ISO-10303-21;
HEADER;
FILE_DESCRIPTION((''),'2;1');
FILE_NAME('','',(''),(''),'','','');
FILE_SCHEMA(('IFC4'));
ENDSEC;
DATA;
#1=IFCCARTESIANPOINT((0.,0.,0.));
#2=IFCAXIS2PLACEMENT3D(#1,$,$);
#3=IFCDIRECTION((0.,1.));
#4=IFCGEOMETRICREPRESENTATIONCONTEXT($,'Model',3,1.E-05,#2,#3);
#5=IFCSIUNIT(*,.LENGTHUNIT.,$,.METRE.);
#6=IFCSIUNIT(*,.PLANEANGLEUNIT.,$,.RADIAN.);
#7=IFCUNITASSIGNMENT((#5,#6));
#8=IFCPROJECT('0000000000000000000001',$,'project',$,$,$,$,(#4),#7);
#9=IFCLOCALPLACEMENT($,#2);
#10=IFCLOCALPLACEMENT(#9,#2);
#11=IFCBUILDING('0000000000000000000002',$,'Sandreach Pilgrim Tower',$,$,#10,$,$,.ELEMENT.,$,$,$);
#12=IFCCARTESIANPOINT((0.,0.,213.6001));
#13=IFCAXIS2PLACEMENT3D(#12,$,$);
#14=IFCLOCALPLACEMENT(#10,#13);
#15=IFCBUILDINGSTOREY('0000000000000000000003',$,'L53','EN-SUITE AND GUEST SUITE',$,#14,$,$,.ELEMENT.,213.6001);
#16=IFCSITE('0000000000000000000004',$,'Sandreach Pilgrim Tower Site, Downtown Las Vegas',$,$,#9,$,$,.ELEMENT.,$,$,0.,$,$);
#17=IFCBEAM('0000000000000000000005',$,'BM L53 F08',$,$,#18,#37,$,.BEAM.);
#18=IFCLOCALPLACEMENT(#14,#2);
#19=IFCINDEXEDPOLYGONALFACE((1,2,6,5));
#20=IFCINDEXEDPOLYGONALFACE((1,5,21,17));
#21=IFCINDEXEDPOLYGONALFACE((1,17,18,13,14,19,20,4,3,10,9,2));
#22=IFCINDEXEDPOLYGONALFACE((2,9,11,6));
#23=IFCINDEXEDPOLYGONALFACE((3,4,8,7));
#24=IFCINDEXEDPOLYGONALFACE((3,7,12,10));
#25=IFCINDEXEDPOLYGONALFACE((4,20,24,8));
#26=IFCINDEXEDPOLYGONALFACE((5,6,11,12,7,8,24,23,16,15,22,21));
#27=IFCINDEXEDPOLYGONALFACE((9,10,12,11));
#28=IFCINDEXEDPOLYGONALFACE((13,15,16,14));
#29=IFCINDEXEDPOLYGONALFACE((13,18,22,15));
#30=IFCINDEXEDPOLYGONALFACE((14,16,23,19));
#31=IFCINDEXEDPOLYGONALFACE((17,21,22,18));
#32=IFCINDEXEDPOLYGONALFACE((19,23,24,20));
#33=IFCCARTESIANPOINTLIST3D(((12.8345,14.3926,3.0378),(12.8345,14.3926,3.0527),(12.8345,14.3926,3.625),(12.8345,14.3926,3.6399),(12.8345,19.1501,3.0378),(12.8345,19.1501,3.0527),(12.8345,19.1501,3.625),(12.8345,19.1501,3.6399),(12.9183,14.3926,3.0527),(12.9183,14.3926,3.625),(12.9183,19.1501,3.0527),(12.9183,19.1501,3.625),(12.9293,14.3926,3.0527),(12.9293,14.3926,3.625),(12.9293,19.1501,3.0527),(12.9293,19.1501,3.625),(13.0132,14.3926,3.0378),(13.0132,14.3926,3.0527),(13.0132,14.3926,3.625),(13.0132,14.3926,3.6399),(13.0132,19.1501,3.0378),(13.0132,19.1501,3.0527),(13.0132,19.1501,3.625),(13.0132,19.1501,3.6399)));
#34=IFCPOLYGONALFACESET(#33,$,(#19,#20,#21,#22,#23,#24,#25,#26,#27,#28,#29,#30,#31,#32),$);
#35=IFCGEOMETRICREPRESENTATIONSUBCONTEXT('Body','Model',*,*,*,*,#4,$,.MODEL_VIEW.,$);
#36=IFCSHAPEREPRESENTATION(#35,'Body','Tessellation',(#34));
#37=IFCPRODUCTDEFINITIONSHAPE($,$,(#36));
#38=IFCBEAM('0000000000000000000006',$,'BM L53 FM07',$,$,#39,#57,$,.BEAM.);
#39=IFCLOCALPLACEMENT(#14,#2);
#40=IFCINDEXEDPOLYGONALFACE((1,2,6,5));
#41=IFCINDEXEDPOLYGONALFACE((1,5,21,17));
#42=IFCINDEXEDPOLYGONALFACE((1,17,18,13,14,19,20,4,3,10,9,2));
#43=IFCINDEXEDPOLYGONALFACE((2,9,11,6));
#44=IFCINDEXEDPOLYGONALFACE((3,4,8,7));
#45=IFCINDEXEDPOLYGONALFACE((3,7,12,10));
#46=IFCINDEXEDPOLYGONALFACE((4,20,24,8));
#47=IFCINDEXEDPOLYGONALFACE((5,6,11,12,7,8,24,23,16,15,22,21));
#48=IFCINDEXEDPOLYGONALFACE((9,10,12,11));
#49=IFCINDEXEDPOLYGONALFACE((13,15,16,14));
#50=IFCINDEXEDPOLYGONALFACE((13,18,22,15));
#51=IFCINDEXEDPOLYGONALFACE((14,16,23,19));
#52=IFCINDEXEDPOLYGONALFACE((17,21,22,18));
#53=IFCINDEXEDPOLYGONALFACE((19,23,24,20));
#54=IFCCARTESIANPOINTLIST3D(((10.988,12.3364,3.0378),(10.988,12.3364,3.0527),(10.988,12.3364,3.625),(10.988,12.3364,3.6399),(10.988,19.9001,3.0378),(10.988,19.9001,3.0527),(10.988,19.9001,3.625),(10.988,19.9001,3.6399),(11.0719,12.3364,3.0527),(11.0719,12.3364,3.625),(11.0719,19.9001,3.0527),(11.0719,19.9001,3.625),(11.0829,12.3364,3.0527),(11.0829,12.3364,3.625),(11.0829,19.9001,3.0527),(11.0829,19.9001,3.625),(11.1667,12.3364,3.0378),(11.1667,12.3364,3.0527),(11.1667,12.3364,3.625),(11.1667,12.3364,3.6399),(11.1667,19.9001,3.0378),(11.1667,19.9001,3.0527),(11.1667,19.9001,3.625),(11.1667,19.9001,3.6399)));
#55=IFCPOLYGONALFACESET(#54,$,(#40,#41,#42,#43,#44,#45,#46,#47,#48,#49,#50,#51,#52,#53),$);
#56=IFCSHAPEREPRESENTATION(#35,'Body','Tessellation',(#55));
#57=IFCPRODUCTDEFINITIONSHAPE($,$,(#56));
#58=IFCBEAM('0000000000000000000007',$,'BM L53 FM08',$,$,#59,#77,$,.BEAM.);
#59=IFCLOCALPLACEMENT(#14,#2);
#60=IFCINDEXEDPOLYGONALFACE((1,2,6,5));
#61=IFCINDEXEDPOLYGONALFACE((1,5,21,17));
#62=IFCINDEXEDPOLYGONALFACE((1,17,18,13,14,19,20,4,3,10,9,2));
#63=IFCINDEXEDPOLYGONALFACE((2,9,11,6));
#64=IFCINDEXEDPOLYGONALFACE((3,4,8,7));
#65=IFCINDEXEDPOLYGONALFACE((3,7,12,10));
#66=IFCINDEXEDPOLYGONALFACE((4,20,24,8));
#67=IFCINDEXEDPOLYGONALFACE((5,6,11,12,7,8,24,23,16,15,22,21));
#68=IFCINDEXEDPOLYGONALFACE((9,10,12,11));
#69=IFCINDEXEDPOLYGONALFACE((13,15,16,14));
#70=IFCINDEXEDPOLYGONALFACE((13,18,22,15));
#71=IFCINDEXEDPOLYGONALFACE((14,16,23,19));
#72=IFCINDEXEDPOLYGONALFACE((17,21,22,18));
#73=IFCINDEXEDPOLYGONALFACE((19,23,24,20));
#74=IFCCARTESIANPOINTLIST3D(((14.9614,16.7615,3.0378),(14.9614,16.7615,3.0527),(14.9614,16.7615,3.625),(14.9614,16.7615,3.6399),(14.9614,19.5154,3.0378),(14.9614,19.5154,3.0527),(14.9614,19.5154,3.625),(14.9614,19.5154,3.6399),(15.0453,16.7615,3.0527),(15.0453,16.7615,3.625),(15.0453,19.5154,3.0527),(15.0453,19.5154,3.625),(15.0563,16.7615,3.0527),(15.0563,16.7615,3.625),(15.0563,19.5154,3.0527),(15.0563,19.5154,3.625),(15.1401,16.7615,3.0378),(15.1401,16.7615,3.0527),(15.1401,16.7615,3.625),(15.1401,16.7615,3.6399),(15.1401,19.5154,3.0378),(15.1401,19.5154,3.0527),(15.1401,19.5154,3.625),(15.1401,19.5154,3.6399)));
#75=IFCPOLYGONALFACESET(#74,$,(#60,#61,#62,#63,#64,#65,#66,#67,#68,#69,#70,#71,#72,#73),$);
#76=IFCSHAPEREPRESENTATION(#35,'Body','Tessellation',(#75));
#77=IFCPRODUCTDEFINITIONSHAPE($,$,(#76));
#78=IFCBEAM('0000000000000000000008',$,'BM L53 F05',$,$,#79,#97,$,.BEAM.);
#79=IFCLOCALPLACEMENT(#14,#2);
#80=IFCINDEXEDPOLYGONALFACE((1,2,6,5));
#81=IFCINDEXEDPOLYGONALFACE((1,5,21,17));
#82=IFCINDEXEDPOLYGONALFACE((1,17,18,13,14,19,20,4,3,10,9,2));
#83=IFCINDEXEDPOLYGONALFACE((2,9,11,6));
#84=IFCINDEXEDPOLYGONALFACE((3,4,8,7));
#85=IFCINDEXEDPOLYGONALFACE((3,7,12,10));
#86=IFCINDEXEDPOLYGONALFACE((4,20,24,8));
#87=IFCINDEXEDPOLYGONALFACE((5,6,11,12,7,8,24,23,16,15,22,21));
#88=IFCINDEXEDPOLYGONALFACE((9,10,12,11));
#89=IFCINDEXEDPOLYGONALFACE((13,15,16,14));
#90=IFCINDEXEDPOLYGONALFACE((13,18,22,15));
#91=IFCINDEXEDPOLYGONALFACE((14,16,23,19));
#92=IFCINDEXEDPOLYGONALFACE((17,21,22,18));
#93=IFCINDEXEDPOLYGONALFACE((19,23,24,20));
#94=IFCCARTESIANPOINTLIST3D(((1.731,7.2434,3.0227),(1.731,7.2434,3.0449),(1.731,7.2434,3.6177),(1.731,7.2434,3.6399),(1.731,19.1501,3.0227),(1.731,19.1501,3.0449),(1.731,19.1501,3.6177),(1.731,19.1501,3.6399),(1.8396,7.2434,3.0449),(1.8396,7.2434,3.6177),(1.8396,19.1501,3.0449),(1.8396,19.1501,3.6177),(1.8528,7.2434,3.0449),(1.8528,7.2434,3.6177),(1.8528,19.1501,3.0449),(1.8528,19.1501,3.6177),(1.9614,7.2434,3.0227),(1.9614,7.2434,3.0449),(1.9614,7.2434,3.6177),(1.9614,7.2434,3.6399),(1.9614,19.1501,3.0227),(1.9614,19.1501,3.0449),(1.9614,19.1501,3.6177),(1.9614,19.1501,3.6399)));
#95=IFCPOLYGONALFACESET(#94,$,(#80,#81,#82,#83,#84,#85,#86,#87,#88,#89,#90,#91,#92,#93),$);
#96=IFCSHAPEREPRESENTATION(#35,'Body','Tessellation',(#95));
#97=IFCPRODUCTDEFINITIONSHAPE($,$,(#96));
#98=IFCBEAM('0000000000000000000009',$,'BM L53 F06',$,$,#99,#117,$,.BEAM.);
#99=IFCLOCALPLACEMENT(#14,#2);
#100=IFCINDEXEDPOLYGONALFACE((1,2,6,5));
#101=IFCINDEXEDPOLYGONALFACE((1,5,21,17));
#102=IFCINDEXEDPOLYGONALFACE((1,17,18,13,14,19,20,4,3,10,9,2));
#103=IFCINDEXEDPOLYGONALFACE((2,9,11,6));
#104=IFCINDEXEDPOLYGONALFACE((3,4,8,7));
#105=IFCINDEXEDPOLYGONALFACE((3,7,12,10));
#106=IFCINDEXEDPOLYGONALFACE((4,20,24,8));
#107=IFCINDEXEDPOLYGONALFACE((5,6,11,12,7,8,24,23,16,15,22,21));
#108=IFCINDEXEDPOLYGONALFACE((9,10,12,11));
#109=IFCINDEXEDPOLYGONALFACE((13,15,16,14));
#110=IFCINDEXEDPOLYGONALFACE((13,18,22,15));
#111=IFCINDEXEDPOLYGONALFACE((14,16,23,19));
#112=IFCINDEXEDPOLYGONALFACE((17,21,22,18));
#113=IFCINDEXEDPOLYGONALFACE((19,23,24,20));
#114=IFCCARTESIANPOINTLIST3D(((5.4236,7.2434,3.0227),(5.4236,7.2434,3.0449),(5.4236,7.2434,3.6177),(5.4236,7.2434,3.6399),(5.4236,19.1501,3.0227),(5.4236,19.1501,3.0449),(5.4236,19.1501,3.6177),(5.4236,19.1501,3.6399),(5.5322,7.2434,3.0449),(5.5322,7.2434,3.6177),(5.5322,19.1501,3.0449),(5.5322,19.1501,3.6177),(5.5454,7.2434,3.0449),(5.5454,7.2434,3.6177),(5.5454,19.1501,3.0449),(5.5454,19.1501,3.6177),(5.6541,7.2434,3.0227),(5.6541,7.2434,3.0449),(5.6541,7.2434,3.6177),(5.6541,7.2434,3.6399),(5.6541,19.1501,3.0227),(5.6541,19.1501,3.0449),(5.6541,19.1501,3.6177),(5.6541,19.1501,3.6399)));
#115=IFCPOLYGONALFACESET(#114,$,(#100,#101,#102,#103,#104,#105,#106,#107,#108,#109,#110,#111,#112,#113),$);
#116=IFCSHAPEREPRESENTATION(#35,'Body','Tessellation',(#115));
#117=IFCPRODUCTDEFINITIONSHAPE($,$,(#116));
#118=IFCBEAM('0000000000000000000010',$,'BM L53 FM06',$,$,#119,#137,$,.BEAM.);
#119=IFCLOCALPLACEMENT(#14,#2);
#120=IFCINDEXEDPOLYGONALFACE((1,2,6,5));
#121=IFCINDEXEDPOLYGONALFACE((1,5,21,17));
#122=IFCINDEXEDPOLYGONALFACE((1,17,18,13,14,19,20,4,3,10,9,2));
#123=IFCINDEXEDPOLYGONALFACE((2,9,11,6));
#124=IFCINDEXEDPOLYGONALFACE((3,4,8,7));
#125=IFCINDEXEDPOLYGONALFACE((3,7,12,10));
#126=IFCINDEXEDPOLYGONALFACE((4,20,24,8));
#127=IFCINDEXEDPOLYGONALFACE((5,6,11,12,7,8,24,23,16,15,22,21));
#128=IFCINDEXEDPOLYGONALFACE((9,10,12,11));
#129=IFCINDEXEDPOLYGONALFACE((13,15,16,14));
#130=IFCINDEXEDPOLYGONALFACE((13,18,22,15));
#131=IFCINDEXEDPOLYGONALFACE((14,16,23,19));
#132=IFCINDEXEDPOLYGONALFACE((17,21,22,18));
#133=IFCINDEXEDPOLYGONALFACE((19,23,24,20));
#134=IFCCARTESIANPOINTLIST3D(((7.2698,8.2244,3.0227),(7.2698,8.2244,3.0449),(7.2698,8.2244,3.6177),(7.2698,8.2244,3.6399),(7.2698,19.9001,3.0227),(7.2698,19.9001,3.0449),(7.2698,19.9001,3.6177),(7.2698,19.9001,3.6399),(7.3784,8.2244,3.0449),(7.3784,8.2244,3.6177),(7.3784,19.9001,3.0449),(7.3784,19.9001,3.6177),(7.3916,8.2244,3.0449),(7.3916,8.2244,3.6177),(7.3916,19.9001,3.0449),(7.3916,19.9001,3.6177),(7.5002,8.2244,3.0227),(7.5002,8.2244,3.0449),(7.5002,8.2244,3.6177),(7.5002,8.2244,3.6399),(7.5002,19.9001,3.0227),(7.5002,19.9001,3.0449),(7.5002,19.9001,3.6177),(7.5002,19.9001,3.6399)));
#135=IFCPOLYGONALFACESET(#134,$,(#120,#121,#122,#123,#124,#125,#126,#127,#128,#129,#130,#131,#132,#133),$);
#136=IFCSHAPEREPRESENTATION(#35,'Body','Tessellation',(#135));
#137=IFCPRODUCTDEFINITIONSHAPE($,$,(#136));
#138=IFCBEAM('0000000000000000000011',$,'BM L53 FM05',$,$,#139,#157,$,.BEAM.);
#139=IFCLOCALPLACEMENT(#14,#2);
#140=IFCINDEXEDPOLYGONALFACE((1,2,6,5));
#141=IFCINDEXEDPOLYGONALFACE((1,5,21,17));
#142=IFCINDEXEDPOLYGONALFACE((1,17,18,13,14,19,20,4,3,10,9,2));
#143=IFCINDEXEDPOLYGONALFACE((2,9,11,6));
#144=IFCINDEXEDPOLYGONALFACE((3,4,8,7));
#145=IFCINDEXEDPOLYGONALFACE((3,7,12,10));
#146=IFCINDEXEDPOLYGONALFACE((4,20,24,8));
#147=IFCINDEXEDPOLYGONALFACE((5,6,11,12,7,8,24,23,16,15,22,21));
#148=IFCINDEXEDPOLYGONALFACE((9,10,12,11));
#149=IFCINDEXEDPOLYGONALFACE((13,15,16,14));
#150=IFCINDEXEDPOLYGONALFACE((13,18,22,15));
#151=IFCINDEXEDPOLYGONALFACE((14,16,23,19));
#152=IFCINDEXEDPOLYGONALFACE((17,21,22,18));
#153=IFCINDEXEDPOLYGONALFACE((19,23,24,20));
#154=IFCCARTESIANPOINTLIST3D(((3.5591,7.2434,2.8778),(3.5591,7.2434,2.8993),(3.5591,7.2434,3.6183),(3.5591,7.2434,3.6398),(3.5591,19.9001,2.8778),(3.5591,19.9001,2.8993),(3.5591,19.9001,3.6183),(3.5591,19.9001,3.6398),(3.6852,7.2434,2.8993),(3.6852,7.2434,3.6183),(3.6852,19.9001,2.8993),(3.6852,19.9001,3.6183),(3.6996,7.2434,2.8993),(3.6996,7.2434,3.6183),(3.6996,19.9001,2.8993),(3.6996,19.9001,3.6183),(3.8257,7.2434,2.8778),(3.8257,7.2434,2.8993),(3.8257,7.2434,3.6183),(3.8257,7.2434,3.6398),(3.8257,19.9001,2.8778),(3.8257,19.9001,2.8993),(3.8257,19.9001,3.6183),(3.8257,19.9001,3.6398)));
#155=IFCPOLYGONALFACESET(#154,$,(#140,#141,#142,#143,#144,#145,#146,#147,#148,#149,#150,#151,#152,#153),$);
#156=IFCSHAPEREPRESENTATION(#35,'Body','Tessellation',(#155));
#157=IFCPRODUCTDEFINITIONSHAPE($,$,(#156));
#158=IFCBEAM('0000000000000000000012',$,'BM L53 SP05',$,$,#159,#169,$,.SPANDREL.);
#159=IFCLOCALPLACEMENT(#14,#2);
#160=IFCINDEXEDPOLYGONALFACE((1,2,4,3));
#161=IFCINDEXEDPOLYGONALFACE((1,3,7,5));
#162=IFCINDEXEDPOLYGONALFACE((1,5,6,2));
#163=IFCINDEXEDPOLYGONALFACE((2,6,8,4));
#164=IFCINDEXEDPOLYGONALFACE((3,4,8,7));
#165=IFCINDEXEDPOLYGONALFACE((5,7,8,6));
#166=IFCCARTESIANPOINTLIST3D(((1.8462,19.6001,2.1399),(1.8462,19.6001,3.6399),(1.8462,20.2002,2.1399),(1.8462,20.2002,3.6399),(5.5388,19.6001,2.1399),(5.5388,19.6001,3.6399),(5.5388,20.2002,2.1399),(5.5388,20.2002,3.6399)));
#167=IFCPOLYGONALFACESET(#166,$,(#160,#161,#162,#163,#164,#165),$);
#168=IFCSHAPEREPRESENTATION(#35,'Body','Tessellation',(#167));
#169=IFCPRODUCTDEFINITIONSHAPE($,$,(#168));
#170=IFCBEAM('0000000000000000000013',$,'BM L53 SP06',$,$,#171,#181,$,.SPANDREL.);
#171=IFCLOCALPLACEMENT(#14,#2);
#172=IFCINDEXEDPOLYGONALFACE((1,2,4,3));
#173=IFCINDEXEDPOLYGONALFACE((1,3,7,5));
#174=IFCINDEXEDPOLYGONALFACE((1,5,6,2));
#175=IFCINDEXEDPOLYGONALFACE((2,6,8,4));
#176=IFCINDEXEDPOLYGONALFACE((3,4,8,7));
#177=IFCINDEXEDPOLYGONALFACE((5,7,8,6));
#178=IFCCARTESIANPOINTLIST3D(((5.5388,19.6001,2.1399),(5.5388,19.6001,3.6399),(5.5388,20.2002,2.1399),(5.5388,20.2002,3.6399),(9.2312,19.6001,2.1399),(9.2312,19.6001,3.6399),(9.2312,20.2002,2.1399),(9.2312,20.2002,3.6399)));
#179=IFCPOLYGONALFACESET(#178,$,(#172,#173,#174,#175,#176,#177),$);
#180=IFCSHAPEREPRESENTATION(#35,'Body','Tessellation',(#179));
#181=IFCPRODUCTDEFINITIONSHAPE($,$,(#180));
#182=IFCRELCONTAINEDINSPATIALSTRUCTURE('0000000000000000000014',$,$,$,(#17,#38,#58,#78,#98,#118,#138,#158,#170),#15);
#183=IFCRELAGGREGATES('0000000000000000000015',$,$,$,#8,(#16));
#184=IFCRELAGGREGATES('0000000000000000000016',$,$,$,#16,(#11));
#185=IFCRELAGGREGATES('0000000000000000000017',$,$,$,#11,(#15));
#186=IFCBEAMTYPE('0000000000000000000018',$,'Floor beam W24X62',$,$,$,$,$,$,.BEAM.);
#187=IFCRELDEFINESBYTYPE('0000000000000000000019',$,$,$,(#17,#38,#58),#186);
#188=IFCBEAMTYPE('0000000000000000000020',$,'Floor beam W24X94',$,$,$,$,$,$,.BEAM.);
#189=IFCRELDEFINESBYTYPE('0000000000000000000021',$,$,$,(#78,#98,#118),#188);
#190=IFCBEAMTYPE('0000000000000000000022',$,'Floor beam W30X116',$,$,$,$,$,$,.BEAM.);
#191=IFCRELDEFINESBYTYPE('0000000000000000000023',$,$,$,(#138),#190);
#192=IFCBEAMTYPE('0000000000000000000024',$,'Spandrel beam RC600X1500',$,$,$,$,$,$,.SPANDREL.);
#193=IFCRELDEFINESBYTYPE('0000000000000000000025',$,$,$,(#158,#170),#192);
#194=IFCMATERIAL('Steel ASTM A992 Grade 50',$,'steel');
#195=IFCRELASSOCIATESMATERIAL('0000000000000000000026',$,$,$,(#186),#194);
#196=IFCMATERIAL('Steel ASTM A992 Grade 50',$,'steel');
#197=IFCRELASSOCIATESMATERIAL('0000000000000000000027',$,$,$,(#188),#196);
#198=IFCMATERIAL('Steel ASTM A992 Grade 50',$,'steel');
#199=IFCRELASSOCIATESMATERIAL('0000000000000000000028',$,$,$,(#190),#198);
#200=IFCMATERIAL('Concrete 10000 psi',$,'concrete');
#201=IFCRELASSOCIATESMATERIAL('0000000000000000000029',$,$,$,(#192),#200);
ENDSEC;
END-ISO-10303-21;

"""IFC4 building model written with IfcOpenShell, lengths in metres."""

from ifc_helpers import new_model, si_unit, direction, frame, origin, origin_2d, place, context, subcontext, project, spatial, rectangle, i_section, extrude, material, material_profile, profile_set, type_object, element, save


model = new_model("IFC4")

# Units and contexts
model_context = context("Model", 3, precision=1e-05, world=origin(), true_north=direction((0.0, 1.0)))
body_context = subcontext(model_context, "Body", "Model", "MODEL_VIEW")
ifc_project = project(units=[si_unit("LENGTHUNIT", "METRE"), si_unit("PLANEANGLEUNIT", "RADIAN")], contexts=[model_context])

# Site, building, storey
site_placement = place(None, origin())
site = spatial("IfcSite", under=ifc_project, at=site_placement, Name="Sandreach Pilgrim Tower Site, Downtown Las Vegas", CompositionType="ELEMENT", RefElevation=0.0)
building_placement = place(site_placement, origin())
building = spatial("IfcBuilding", under=site, at=building_placement, Name="Sandreach Pilgrim Tower", CompositionType="ELEMENT")
storey_placement = place(building_placement, frame((0.0, 0.0, 213.6001)))
storey = spatial("IfcBuildingStorey", under=building, at=storey_placement, Name="L53", Description="EN-SUITE AND GUEST SUITE", CompositionType="ELEMENT", Elevation=213.6001)

# Beams
ifc_material_1 = material(Name="Steel ASTM A992 Grade 50", Category="steel")
ifc_material_profile_1 = material_profile(ifc_material_1, i_section(OverallWidth=0.1787, OverallDepth=0.6021, WebThickness=0.011, FlangeThickness=0.0149, at=origin_2d()), Name="W24X62")
ifc_profile_set_1 = profile_set([ifc_material_profile_1], Name="Steel ASTM A992 Grade 50")
beam_type_1 = type_object("IfcBeamType", Name="Floor beam W24X62", PredefinedType="BEAM", material=ifc_profile_set_1)
beam_1_placement = place(storey_placement, frame((12.9238, 19.1501, 3.3389), z_axis=(0.0, -1.0, 0.0), x_axis=(1.0, 0.0, 0.0)))
element("IfcBeam", 1, at=beam_1_placement, inside=storey, type_object=beam_type_1, Name="BM L53 F08", PredefinedType="BEAM", context=body_context, shape_type="SweptSolid", body=[
    extrude(i_section(OverallWidth=0.1787, OverallDepth=0.6021, WebThickness=0.011, FlangeThickness=0.0149, at=origin_2d()), origin(), (0.0, 0.0, 1.0), 4.7576),
])
beam_2_placement = place(storey_placement, frame((11.0774, 19.9001, 3.3389), z_axis=(0.0, -1.0, 0.0), x_axis=(1.0, 0.0, 0.0)))
element("IfcBeam", 2, at=beam_2_placement, inside=storey, type_object=beam_type_1, Name="BM L53 FM07", PredefinedType="BEAM", context=body_context, shape_type="SweptSolid", body=[
    extrude(i_section(OverallWidth=0.1787, OverallDepth=0.6021, WebThickness=0.011, FlangeThickness=0.0149, at=origin_2d()), origin(), (0.0, 0.0, 1.0), 7.5637),
])
beam_3_placement = place(storey_placement, frame((15.0508, 19.5154, 3.3389), z_axis=(0.0, -1.0, 0.0), x_axis=(1.0, 0.0, 0.0)))
element("IfcBeam", 3, at=beam_3_placement, inside=storey, type_object=beam_type_1, Name="BM L53 FM08", PredefinedType="BEAM", context=body_context, shape_type="SweptSolid", body=[
    extrude(i_section(OverallWidth=0.1787, OverallDepth=0.6021, WebThickness=0.011, FlangeThickness=0.0149, at=origin_2d()), origin(), (0.0, 0.0, 1.0), 2.7539),
])
ifc_material_2 = material(Name="Steel ASTM A992 Grade 50", Category="steel")
ifc_material_profile_2 = material_profile(ifc_material_2, i_section(OverallWidth=0.2305, OverallDepth=0.6172, WebThickness=0.0132, FlangeThickness=0.0222, at=origin_2d()), Name="W24X94")
ifc_profile_set_2 = profile_set([ifc_material_profile_2], Name="Steel ASTM A992 Grade 50")
beam_type_2 = type_object("IfcBeamType", Name="Floor beam W24X94", PredefinedType="BEAM", material=ifc_profile_set_2)
for number, where, z_axis, x_axis, name in (
    (4, (1.8462, 19.1501, 3.3313), (0.0, -1.0, 0.0), (1.0, 0.0, 0.0), "BM L53 F05"),
    (5, (5.5388, 19.1501, 3.3313), (0.0, -1.0, 0.0), (1.0, 0.0, 0.0), "BM L53 F06"),
):
    element("IfcBeam", number, at=place(storey_placement, frame(where, z_axis=z_axis, x_axis=x_axis)), inside=storey, type_object=beam_type_2, Name=name, PredefinedType="BEAM", context=body_context, shape_type="SweptSolid", body=[
        extrude(i_section(OverallWidth=0.2305, OverallDepth=0.6172, WebThickness=0.0132, FlangeThickness=0.0222, at=origin_2d()), origin(), (0.0, 0.0, 1.0), 11.9067),
    ])
beam_4_placement = place(storey_placement, frame((7.385, 19.9001, 3.3313), z_axis=(0.0, -1.0, 0.0), x_axis=(1.0, 0.0, 0.0)))
element("IfcBeam", 6, at=beam_4_placement, inside=storey, type_object=beam_type_2, Name="BM L53 FM06", PredefinedType="BEAM", context=body_context, shape_type="SweptSolid", body=[
    extrude(i_section(OverallWidth=0.2305, OverallDepth=0.6172, WebThickness=0.0132, FlangeThickness=0.0222, at=origin_2d()), origin(), (0.0, 0.0, 1.0), 11.6758),
])
ifc_material_3 = material(Name="Steel ASTM A992 Grade 50", Category="steel")
ifc_material_profile_3 = material_profile(ifc_material_3, i_section(OverallWidth=0.2666, OverallDepth=0.762, WebThickness=0.0144, FlangeThickness=0.0215, at=origin_2d()), Name="W30X116")
ifc_profile_set_3 = profile_set([ifc_material_profile_3], Name="Steel ASTM A992 Grade 50")
beam_type_3 = type_object("IfcBeamType", Name="Floor beam W30X116", PredefinedType="BEAM", material=ifc_profile_set_3)
beam_5_placement = place(storey_placement, frame((3.6924, 19.9001, 3.2588), z_axis=(0.0, -1.0, 0.0), x_axis=(1.0, 0.0, 0.0)))
element("IfcBeam", 7, at=beam_5_placement, inside=storey, type_object=beam_type_3, Name="BM L53 FM05", PredefinedType="BEAM", context=body_context, shape_type="SweptSolid", body=[
    extrude(i_section(OverallWidth=0.2666, OverallDepth=0.762, WebThickness=0.0144, FlangeThickness=0.0215, at=origin_2d()), origin(), (0.0, 0.0, 1.0), 12.6567),
])
ifc_material_4 = material(Name="Concrete 10000 psi", Category="concrete")
ifc_material_profile_4 = material_profile(ifc_material_4, rectangle(XDim=0.6001, YDim=1.5, at=origin_2d()), Name="RC600X1500")
ifc_profile_set_4 = profile_set([ifc_material_profile_4], Name="Concrete 10000 psi")
beam_type_4 = type_object("IfcBeamType", Name="Spandrel beam RC600X1500", PredefinedType="SPANDREL", material=ifc_profile_set_4)
beam_6_placement = place(storey_placement, frame((1.8462, 19.9001, 2.8899), z_axis=(1.0, 0.0, 0.0), x_axis=(0.0, 1.0, 0.0)))
element("IfcBeam", 8, at=beam_6_placement, inside=storey, type_object=beam_type_4, Name="BM L53 SP05", PredefinedType="SPANDREL", context=body_context, shape_type="SweptSolid", body=[
    extrude(rectangle(XDim=0.6001, YDim=1.5, at=origin_2d()), origin(), (0.0, 0.0, 1.0), 3.6926),
])
beam_7_placement = place(storey_placement, frame((5.5388, 19.9001, 2.8899), z_axis=(1.0, 0.0, 0.0), x_axis=(0.0, 1.0, 0.0)))
element("IfcBeam", 9, at=beam_7_placement, inside=storey, type_object=beam_type_4, Name="BM L53 SP06", PredefinedType="SPANDREL", context=body_context, shape_type="SweptSolid", body=[
    extrude(rectangle(XDim=0.6001, YDim=1.5, at=origin_2d()), origin(), (0.0, 0.0, 1.0), 3.6924),
])

save(model, "model.ifc")
